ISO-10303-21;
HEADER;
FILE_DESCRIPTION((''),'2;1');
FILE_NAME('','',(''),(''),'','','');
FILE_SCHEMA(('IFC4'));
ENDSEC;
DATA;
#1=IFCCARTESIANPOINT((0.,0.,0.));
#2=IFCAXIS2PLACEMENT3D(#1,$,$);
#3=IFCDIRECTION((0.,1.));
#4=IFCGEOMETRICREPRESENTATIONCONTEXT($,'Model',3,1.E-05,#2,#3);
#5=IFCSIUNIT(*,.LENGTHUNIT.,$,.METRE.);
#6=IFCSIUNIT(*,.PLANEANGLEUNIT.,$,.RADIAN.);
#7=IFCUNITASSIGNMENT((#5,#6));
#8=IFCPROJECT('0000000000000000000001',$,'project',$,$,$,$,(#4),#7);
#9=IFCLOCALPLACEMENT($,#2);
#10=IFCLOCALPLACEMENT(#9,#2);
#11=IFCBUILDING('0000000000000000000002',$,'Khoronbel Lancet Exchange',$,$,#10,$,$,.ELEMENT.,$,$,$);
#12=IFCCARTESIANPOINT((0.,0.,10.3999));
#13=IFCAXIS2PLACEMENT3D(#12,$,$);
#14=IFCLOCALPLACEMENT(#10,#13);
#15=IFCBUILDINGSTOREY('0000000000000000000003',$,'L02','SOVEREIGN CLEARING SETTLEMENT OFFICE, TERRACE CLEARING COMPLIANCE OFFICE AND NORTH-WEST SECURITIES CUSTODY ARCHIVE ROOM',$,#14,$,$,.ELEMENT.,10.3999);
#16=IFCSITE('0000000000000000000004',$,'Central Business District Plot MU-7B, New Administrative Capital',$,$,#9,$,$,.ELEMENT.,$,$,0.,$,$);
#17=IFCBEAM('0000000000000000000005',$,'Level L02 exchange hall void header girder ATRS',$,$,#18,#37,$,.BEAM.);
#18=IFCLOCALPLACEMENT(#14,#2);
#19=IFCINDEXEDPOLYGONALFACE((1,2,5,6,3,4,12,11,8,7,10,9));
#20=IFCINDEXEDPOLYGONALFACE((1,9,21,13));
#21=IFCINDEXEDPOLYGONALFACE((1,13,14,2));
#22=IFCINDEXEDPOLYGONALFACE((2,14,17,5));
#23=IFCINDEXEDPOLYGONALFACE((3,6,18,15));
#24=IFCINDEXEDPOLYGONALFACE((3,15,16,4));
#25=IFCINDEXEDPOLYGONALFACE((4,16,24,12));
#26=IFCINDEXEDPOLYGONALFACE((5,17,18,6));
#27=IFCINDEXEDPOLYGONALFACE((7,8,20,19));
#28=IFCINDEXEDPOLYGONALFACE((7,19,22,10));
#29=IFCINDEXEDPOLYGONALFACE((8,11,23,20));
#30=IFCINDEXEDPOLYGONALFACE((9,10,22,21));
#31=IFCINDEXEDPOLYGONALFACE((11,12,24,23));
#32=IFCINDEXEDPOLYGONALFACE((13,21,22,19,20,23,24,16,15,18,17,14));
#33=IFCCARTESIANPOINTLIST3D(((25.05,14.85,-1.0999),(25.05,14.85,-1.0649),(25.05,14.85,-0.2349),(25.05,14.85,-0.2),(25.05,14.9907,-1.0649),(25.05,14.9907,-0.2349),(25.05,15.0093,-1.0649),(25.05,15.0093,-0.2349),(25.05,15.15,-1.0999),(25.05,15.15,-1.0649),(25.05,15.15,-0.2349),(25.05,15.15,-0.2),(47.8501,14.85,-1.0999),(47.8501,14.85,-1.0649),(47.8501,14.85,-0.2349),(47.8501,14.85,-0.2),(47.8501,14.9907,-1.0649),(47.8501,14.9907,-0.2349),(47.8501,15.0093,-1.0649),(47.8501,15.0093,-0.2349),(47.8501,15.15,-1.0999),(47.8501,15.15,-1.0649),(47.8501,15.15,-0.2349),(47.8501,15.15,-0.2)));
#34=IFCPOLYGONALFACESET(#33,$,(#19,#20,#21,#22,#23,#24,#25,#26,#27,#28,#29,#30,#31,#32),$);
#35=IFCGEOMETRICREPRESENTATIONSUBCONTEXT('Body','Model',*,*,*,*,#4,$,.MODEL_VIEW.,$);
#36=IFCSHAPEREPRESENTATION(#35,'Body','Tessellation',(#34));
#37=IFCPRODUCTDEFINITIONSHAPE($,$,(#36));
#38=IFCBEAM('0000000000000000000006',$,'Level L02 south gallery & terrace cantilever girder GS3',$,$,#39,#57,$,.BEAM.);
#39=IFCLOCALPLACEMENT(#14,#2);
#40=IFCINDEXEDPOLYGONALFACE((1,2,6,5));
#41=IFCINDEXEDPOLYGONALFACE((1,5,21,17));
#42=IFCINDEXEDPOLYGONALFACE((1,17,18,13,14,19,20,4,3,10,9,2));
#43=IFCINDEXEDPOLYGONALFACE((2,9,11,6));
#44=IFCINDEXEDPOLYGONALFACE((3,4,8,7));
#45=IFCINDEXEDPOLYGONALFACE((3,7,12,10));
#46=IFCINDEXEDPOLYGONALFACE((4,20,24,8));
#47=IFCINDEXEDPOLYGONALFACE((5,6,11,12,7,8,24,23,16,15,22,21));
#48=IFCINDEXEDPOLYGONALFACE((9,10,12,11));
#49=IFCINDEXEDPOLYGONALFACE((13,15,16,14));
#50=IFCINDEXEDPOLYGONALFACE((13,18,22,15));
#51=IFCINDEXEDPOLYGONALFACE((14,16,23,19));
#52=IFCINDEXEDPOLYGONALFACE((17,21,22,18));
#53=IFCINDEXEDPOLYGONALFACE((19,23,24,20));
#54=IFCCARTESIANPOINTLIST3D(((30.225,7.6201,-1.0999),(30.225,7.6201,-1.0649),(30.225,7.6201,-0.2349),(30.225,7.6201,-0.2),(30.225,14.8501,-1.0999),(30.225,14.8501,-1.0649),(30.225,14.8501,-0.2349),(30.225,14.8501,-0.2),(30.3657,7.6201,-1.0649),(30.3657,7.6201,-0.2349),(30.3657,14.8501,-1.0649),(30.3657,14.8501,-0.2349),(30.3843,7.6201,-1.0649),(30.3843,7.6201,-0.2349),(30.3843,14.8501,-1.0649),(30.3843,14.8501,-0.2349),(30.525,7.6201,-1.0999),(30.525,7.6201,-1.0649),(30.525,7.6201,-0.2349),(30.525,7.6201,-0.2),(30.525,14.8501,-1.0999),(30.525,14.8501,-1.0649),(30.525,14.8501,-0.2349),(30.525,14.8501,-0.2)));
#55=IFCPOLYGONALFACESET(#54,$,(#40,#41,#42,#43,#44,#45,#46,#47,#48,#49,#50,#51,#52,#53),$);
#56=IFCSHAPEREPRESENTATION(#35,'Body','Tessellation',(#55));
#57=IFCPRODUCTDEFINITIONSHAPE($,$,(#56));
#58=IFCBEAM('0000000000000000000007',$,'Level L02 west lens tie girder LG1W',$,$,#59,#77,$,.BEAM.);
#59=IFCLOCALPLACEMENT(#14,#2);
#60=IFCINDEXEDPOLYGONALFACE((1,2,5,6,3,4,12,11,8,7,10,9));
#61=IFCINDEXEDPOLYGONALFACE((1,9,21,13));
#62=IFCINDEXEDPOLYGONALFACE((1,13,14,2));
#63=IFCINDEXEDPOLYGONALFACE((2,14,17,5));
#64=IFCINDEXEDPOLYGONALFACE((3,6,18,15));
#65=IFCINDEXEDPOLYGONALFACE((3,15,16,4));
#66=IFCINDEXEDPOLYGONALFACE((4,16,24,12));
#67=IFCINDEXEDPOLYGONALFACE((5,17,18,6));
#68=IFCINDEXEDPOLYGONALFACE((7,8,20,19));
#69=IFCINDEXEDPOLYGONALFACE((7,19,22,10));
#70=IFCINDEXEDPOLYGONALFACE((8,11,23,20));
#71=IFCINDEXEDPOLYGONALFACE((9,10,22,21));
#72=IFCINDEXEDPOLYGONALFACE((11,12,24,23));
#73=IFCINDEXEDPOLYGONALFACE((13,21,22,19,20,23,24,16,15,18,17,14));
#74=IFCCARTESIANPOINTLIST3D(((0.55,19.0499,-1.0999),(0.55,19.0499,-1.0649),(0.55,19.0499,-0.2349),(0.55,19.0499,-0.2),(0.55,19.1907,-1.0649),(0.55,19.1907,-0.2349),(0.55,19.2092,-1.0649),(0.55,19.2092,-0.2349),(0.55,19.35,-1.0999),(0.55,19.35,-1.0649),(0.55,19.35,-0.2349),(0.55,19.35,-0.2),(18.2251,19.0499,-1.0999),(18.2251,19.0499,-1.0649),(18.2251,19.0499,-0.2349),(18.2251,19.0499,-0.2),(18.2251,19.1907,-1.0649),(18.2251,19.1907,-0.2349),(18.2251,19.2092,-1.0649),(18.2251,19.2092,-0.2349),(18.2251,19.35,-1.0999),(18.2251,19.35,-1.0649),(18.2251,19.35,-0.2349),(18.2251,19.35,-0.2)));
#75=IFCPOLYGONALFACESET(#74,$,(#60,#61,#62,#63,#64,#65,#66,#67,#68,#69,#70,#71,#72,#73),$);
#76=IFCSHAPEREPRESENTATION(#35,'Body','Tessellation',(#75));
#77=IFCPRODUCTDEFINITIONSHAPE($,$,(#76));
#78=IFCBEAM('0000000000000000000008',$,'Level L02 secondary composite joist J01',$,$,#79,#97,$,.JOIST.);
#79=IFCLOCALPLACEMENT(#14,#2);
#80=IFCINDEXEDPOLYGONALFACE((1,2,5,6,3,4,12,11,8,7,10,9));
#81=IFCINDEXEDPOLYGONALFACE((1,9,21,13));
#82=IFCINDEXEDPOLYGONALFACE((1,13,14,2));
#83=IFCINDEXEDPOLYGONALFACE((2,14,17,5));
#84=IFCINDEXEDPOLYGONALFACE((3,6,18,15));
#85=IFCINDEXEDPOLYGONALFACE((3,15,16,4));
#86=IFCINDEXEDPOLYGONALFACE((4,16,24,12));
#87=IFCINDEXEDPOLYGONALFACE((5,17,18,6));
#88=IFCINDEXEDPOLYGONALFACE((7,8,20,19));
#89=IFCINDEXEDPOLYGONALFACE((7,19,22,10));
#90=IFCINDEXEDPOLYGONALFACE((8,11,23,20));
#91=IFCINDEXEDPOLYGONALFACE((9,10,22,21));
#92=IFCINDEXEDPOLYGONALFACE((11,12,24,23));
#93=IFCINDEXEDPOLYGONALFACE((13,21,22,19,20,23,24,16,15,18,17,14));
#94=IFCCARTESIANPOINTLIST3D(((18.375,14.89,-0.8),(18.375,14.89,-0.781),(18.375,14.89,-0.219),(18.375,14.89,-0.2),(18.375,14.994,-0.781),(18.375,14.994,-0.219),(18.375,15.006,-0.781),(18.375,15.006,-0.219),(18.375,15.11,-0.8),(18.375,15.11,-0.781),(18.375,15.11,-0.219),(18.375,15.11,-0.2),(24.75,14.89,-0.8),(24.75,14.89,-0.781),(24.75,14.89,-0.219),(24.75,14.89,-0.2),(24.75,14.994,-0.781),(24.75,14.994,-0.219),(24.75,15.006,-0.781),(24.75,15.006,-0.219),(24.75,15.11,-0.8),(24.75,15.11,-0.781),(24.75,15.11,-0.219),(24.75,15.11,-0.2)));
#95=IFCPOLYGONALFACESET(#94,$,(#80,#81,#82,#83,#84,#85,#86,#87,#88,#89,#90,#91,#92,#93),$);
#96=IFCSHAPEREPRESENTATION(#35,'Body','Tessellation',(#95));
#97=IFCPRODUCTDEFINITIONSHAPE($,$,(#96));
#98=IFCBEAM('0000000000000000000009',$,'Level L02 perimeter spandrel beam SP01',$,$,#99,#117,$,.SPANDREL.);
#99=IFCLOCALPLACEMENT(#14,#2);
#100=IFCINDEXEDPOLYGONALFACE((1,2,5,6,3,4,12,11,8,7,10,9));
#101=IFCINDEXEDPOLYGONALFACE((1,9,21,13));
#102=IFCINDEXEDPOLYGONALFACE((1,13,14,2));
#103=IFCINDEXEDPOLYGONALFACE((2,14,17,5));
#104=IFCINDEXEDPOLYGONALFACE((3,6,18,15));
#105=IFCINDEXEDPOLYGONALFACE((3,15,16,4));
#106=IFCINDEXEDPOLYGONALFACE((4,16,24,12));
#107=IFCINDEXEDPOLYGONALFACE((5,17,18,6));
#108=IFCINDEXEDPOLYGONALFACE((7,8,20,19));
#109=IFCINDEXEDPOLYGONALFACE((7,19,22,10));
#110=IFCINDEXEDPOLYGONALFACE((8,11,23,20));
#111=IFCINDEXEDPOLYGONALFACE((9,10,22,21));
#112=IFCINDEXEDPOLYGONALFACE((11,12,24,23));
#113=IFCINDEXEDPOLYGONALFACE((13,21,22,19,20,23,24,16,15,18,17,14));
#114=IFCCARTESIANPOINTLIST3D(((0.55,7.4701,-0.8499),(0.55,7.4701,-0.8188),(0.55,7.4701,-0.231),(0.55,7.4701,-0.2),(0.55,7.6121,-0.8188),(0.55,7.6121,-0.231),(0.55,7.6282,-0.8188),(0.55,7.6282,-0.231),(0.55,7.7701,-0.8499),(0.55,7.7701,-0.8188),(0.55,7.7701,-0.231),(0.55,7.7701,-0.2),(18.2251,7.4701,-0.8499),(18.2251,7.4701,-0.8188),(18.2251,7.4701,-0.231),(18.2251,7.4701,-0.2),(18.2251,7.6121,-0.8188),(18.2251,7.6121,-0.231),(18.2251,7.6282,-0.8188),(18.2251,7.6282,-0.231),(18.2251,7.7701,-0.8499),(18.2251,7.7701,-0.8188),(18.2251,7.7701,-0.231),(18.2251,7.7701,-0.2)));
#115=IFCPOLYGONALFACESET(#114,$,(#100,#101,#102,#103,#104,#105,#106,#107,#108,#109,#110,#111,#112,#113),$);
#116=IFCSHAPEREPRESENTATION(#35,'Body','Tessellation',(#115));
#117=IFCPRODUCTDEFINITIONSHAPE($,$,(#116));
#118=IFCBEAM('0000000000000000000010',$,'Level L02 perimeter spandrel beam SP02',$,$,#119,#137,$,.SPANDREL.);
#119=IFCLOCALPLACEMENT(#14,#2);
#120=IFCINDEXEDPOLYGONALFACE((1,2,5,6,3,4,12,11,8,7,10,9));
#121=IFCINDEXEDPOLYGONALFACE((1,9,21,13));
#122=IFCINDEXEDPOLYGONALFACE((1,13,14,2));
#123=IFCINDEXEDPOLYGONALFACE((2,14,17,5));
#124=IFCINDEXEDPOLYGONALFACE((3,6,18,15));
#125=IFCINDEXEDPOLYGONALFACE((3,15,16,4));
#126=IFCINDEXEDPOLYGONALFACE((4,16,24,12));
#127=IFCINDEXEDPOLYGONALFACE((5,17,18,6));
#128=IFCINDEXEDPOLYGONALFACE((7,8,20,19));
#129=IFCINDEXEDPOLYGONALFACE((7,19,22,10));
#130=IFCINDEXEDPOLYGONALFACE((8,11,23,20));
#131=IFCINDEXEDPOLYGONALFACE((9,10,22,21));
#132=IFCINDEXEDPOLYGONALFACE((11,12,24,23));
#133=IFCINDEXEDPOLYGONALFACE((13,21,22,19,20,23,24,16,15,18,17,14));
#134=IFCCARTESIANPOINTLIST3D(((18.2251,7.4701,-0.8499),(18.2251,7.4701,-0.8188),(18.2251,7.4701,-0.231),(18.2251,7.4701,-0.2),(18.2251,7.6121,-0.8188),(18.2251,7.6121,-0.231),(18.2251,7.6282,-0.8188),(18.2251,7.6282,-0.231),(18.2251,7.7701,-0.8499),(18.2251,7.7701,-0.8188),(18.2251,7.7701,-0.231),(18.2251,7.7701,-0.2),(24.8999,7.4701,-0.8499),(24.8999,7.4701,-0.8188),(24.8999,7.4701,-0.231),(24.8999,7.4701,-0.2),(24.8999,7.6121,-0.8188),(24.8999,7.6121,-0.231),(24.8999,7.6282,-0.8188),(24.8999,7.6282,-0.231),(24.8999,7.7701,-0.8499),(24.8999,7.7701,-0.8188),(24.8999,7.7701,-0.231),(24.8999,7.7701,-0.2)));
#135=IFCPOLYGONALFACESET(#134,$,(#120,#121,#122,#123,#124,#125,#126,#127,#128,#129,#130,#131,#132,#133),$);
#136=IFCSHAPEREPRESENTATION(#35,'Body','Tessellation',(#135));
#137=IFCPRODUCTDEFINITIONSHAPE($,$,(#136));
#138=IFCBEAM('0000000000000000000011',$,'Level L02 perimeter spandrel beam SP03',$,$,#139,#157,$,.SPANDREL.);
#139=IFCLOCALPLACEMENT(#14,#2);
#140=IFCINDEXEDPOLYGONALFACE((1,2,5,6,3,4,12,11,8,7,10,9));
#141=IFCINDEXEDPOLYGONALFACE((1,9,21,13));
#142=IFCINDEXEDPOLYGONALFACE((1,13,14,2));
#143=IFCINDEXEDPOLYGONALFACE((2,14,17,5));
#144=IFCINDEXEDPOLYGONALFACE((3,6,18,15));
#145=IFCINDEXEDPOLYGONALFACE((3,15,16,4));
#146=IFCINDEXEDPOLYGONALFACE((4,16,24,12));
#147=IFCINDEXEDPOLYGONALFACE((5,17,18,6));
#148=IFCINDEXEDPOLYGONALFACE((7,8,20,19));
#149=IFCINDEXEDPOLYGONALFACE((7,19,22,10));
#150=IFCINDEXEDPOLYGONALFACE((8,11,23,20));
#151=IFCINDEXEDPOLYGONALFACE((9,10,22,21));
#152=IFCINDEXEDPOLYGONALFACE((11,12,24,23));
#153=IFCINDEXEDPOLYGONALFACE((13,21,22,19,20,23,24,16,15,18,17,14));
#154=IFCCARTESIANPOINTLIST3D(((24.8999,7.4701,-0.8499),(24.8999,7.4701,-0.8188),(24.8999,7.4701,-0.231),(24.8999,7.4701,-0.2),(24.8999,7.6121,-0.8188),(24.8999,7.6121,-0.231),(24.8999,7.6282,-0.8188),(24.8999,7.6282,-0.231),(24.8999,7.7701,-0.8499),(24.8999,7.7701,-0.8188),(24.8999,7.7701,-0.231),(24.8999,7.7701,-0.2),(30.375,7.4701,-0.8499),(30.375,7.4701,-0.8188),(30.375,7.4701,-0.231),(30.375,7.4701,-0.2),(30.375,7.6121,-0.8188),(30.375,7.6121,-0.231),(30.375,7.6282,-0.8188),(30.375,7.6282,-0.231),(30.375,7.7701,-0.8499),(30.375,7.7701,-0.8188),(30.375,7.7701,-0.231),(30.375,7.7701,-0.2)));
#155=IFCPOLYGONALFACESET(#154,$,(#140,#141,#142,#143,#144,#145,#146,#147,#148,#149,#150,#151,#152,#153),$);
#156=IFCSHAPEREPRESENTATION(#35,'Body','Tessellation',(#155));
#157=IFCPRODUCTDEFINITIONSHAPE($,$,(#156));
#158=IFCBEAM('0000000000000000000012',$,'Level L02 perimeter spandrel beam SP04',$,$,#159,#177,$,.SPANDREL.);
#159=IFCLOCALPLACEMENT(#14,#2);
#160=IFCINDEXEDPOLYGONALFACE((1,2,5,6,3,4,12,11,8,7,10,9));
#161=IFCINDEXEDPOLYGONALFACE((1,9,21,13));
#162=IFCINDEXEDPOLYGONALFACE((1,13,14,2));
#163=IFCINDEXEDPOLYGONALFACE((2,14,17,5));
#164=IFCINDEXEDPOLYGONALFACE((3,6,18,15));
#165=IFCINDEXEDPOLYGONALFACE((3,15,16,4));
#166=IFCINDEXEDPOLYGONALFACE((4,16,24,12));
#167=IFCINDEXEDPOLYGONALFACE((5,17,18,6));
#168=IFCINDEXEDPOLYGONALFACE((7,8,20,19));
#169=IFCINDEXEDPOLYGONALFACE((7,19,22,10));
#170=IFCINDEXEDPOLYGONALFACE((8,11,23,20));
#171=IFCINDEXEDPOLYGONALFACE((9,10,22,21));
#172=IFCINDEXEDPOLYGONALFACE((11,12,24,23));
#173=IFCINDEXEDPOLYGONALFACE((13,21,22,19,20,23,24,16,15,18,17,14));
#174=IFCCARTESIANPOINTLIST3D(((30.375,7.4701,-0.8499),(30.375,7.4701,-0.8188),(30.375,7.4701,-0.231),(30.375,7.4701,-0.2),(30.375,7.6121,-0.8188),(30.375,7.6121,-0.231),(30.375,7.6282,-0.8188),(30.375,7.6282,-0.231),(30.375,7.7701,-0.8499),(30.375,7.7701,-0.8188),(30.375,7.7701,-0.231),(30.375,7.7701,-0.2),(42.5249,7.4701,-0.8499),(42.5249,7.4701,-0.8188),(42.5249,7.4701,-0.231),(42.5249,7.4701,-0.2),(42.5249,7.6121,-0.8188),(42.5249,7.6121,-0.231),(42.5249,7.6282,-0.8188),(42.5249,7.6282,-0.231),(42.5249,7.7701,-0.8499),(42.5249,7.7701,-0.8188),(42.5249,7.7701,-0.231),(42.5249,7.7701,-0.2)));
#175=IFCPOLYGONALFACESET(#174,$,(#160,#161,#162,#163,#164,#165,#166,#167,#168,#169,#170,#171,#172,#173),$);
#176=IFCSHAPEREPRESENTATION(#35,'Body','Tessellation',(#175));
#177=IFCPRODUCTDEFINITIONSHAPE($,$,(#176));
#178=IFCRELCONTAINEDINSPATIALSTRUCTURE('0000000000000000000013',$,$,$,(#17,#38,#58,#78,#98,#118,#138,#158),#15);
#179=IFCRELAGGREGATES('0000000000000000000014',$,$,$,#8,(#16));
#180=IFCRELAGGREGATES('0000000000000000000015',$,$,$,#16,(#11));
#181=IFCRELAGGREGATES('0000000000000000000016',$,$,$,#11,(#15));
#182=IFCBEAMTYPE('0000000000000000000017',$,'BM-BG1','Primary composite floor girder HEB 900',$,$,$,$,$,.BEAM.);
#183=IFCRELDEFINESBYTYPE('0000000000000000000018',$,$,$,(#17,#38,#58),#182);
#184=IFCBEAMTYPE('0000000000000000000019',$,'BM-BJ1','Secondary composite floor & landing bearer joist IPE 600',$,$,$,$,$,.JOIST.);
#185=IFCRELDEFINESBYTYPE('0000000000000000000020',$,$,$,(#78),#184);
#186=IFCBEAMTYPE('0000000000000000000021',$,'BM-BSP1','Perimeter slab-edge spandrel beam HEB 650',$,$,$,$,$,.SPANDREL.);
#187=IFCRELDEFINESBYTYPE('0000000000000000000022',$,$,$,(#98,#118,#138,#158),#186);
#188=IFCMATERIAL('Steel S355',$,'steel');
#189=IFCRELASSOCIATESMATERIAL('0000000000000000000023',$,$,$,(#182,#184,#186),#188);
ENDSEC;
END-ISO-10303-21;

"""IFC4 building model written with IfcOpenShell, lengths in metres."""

from ifc_helpers import new_model, si_unit, direction, frame, origin, origin_2d, place, context, subcontext, project, spatial, i_section, extrude, material, material_profile, profile_set, type_object, element, save


model = new_model("IFC4")

# Units and contexts
model_context = context("Model", 3, precision=1e-05, world=origin(), true_north=direction((0.0, 1.0)))
body_context = subcontext(model_context, "Body", "Model", "MODEL_VIEW")
ifc_project = project(units=[si_unit("LENGTHUNIT", "METRE"), si_unit("PLANEANGLEUNIT", "RADIAN")], contexts=[model_context])

# Site, building, storey
site_placement = place(None, origin())
site = spatial("IfcSite", under=ifc_project, at=site_placement, Name="Central Business District Plot MU-7B, New Administrative Capital", CompositionType="ELEMENT", RefElevation=0.0)
building_placement = place(site_placement, origin())
building = spatial("IfcBuilding", under=site, at=building_placement, Name="Khoronbel Lancet Exchange", CompositionType="ELEMENT")
storey_placement = place(building_placement, frame((0.0, 0.0, 10.3999)))
storey = spatial("IfcBuildingStorey", under=building, at=storey_placement, Name="L02", Description="SOVEREIGN CLEARING SETTLEMENT OFFICE, TERRACE CLEARING COMPLIANCE OFFICE AND NORTH-WEST SECURITIES CUSTODY ARCHIVE ROOM", CompositionType="ELEMENT", Elevation=10.3999)

# Shared definitions
ifc_material_1 = material(Name="Steel S355", Category="steel")

# Beams
ifc_material_profile_1 = material_profile(ifc_material_1, i_section(OverallWidth=0.3, OverallDepth=0.8999, WebThickness=0.0186, FlangeThickness=0.0349, at=origin_2d()), Name="HEB 900")
ifc_profile_set_1 = profile_set([ifc_material_profile_1], Name="Steel S355")
beam_type_1 = type_object("IfcBeamType", Name="BM-BG1", Description="Primary composite floor girder HEB 900", PredefinedType="BEAM", material=ifc_profile_set_1)
beam_1_placement = place(storey_placement, frame((25.05, 15.0, -0.6499), z_axis=(1.0, 0.0, 0.0), x_axis=(0.0, 1.0, 0.0)))
element("IfcBeam", 1, at=beam_1_placement, inside=storey, type_object=beam_type_1, Name="Level L02 exchange hall void header girder ATRS", PredefinedType="BEAM", context=body_context, shape_type="SweptSolid", body=[
    extrude(i_section(OverallWidth=0.3, OverallDepth=0.8999, WebThickness=0.0186, FlangeThickness=0.0349, at=origin_2d()), origin(), (0.0, 0.0, 1.0), 22.8),
])
beam_2_placement = place(storey_placement, frame((30.375, 7.6201, -0.6499), z_axis=(0.0, 1.0, 0.0), x_axis=(-1.0, 0.0, 0.0)))
element("IfcBeam", 2, at=beam_2_placement, inside=storey, type_object=beam_type_1, Name="Level L02 south gallery & terrace cantilever girder GS3", PredefinedType="BEAM", context=body_context, shape_type="SweptSolid", body=[
    extrude(i_section(OverallWidth=0.3, OverallDepth=0.8999, WebThickness=0.0186, FlangeThickness=0.0349, at=origin_2d()), origin(), (0.0, 0.0, 1.0), 7.23),
])
beam_3_placement = place(storey_placement, frame((0.55, 19.2, -0.6499), z_axis=(1.0, 0.0, 0.0), x_axis=(0.0, 1.0, 0.0)))
element("IfcBeam", 3, at=beam_3_placement, inside=storey, type_object=beam_type_1, Name="Level L02 west lens tie girder LG1W", PredefinedType="BEAM", context=body_context, shape_type="SweptSolid", body=[
    extrude(i_section(OverallWidth=0.3, OverallDepth=0.8999, WebThickness=0.0186, FlangeThickness=0.0349, at=origin_2d()), origin(), (0.0, 0.0, 1.0), 17.675),
])
ifc_material_profile_2 = material_profile(ifc_material_1, i_section(OverallWidth=0.22, OverallDepth=0.6001, WebThickness=0.012, FlangeThickness=0.019, at=origin_2d()), Name="IPE 600")
ifc_profile_set_2 = profile_set([ifc_material_profile_2], Name="Steel S355")
beam_type_2 = type_object("IfcBeamType", Name="BM-BJ1", Description="Secondary composite floor & landing bearer joist IPE 600", PredefinedType="JOIST", material=ifc_profile_set_2)
beam_4_placement = place(storey_placement, frame((18.375, 15.0, -0.5), z_axis=(1.0, 0.0, 0.0), x_axis=(0.0, 1.0, 0.0)))
element("IfcBeam", 4, at=beam_4_placement, inside=storey, type_object=beam_type_2, Name="Level L02 secondary composite joist J01", PredefinedType="JOIST", context=body_context, shape_type="SweptSolid", body=[
    extrude(i_section(OverallWidth=0.22, OverallDepth=0.6001, WebThickness=0.012, FlangeThickness=0.019, at=origin_2d()), origin(), (0.0, 0.0, 1.0), 6.375),
])
ifc_material_profile_3 = material_profile(ifc_material_1, i_section(OverallWidth=0.3, OverallDepth=0.6499, WebThickness=0.0161, FlangeThickness=0.031, at=origin_2d()), Name="HEB 650")
ifc_profile_set_3 = profile_set([ifc_material_profile_3], Name="Steel S355")
beam_type_3 = type_object("IfcBeamType", Name="BM-BSP1", Description="Perimeter slab-edge spandrel beam HEB 650", PredefinedType="SPANDREL", material=ifc_profile_set_3)
beam_5_placement = place(storey_placement, frame((0.55, 7.6201, -0.5249), z_axis=(1.0, 0.0, 0.0), x_axis=(0.0, 1.0, 0.0)))
element("IfcBeam", 5, at=beam_5_placement, inside=storey, type_object=beam_type_3, Name="Level L02 perimeter spandrel beam SP01", PredefinedType="SPANDREL", context=body_context, shape_type="SweptSolid", body=[
    extrude(i_section(OverallWidth=0.3, OverallDepth=0.6499, WebThickness=0.0161, FlangeThickness=0.031, at=origin_2d()), origin(), (0.0, 0.0, 1.0), 17.675),
])
beam_6_placement = place(storey_placement, frame((18.2251, 7.6201, -0.5249), z_axis=(1.0, 0.0, 0.0), x_axis=(0.0, 1.0, 0.0)))
element("IfcBeam", 6, at=beam_6_placement, inside=storey, type_object=beam_type_3, Name="Level L02 perimeter spandrel beam SP02", PredefinedType="SPANDREL", context=body_context, shape_type="SweptSolid", body=[
    extrude(i_section(OverallWidth=0.3, OverallDepth=0.6499, WebThickness=0.0161, FlangeThickness=0.031, at=origin_2d()), origin(), (0.0, 0.0, 1.0), 6.6748),
])
beam_7_placement = place(storey_placement, frame((24.8999, 7.6201, -0.5249), z_axis=(1.0, 0.0, 0.0), x_axis=(0.0, 1.0, 0.0)))
element("IfcBeam", 7, at=beam_7_placement, inside=storey, type_object=beam_type_3, Name="Level L02 perimeter spandrel beam SP03", PredefinedType="SPANDREL", context=body_context, shape_type="SweptSolid", body=[
    extrude(i_section(OverallWidth=0.3, OverallDepth=0.6499, WebThickness=0.0161, FlangeThickness=0.031, at=origin_2d()), origin(), (0.0, 0.0, 1.0), 5.4751),
])
beam_8_placement = place(storey_placement, frame((30.375, 7.6201, -0.5249), z_axis=(1.0, 0.0, 0.0), x_axis=(0.0, 1.0, 0.0)))
element("IfcBeam", 8, at=beam_8_placement, inside=storey, type_object=beam_type_3, Name="Level L02 perimeter spandrel beam SP04", PredefinedType="SPANDREL", context=body_context, shape_type="SweptSolid", body=[
    extrude(i_section(OverallWidth=0.3, OverallDepth=0.6499, WebThickness=0.0161, FlangeThickness=0.031, at=origin_2d()), origin(), (0.0, 0.0, 1.0), 12.1499),
])

save(model, "model.ifc")
